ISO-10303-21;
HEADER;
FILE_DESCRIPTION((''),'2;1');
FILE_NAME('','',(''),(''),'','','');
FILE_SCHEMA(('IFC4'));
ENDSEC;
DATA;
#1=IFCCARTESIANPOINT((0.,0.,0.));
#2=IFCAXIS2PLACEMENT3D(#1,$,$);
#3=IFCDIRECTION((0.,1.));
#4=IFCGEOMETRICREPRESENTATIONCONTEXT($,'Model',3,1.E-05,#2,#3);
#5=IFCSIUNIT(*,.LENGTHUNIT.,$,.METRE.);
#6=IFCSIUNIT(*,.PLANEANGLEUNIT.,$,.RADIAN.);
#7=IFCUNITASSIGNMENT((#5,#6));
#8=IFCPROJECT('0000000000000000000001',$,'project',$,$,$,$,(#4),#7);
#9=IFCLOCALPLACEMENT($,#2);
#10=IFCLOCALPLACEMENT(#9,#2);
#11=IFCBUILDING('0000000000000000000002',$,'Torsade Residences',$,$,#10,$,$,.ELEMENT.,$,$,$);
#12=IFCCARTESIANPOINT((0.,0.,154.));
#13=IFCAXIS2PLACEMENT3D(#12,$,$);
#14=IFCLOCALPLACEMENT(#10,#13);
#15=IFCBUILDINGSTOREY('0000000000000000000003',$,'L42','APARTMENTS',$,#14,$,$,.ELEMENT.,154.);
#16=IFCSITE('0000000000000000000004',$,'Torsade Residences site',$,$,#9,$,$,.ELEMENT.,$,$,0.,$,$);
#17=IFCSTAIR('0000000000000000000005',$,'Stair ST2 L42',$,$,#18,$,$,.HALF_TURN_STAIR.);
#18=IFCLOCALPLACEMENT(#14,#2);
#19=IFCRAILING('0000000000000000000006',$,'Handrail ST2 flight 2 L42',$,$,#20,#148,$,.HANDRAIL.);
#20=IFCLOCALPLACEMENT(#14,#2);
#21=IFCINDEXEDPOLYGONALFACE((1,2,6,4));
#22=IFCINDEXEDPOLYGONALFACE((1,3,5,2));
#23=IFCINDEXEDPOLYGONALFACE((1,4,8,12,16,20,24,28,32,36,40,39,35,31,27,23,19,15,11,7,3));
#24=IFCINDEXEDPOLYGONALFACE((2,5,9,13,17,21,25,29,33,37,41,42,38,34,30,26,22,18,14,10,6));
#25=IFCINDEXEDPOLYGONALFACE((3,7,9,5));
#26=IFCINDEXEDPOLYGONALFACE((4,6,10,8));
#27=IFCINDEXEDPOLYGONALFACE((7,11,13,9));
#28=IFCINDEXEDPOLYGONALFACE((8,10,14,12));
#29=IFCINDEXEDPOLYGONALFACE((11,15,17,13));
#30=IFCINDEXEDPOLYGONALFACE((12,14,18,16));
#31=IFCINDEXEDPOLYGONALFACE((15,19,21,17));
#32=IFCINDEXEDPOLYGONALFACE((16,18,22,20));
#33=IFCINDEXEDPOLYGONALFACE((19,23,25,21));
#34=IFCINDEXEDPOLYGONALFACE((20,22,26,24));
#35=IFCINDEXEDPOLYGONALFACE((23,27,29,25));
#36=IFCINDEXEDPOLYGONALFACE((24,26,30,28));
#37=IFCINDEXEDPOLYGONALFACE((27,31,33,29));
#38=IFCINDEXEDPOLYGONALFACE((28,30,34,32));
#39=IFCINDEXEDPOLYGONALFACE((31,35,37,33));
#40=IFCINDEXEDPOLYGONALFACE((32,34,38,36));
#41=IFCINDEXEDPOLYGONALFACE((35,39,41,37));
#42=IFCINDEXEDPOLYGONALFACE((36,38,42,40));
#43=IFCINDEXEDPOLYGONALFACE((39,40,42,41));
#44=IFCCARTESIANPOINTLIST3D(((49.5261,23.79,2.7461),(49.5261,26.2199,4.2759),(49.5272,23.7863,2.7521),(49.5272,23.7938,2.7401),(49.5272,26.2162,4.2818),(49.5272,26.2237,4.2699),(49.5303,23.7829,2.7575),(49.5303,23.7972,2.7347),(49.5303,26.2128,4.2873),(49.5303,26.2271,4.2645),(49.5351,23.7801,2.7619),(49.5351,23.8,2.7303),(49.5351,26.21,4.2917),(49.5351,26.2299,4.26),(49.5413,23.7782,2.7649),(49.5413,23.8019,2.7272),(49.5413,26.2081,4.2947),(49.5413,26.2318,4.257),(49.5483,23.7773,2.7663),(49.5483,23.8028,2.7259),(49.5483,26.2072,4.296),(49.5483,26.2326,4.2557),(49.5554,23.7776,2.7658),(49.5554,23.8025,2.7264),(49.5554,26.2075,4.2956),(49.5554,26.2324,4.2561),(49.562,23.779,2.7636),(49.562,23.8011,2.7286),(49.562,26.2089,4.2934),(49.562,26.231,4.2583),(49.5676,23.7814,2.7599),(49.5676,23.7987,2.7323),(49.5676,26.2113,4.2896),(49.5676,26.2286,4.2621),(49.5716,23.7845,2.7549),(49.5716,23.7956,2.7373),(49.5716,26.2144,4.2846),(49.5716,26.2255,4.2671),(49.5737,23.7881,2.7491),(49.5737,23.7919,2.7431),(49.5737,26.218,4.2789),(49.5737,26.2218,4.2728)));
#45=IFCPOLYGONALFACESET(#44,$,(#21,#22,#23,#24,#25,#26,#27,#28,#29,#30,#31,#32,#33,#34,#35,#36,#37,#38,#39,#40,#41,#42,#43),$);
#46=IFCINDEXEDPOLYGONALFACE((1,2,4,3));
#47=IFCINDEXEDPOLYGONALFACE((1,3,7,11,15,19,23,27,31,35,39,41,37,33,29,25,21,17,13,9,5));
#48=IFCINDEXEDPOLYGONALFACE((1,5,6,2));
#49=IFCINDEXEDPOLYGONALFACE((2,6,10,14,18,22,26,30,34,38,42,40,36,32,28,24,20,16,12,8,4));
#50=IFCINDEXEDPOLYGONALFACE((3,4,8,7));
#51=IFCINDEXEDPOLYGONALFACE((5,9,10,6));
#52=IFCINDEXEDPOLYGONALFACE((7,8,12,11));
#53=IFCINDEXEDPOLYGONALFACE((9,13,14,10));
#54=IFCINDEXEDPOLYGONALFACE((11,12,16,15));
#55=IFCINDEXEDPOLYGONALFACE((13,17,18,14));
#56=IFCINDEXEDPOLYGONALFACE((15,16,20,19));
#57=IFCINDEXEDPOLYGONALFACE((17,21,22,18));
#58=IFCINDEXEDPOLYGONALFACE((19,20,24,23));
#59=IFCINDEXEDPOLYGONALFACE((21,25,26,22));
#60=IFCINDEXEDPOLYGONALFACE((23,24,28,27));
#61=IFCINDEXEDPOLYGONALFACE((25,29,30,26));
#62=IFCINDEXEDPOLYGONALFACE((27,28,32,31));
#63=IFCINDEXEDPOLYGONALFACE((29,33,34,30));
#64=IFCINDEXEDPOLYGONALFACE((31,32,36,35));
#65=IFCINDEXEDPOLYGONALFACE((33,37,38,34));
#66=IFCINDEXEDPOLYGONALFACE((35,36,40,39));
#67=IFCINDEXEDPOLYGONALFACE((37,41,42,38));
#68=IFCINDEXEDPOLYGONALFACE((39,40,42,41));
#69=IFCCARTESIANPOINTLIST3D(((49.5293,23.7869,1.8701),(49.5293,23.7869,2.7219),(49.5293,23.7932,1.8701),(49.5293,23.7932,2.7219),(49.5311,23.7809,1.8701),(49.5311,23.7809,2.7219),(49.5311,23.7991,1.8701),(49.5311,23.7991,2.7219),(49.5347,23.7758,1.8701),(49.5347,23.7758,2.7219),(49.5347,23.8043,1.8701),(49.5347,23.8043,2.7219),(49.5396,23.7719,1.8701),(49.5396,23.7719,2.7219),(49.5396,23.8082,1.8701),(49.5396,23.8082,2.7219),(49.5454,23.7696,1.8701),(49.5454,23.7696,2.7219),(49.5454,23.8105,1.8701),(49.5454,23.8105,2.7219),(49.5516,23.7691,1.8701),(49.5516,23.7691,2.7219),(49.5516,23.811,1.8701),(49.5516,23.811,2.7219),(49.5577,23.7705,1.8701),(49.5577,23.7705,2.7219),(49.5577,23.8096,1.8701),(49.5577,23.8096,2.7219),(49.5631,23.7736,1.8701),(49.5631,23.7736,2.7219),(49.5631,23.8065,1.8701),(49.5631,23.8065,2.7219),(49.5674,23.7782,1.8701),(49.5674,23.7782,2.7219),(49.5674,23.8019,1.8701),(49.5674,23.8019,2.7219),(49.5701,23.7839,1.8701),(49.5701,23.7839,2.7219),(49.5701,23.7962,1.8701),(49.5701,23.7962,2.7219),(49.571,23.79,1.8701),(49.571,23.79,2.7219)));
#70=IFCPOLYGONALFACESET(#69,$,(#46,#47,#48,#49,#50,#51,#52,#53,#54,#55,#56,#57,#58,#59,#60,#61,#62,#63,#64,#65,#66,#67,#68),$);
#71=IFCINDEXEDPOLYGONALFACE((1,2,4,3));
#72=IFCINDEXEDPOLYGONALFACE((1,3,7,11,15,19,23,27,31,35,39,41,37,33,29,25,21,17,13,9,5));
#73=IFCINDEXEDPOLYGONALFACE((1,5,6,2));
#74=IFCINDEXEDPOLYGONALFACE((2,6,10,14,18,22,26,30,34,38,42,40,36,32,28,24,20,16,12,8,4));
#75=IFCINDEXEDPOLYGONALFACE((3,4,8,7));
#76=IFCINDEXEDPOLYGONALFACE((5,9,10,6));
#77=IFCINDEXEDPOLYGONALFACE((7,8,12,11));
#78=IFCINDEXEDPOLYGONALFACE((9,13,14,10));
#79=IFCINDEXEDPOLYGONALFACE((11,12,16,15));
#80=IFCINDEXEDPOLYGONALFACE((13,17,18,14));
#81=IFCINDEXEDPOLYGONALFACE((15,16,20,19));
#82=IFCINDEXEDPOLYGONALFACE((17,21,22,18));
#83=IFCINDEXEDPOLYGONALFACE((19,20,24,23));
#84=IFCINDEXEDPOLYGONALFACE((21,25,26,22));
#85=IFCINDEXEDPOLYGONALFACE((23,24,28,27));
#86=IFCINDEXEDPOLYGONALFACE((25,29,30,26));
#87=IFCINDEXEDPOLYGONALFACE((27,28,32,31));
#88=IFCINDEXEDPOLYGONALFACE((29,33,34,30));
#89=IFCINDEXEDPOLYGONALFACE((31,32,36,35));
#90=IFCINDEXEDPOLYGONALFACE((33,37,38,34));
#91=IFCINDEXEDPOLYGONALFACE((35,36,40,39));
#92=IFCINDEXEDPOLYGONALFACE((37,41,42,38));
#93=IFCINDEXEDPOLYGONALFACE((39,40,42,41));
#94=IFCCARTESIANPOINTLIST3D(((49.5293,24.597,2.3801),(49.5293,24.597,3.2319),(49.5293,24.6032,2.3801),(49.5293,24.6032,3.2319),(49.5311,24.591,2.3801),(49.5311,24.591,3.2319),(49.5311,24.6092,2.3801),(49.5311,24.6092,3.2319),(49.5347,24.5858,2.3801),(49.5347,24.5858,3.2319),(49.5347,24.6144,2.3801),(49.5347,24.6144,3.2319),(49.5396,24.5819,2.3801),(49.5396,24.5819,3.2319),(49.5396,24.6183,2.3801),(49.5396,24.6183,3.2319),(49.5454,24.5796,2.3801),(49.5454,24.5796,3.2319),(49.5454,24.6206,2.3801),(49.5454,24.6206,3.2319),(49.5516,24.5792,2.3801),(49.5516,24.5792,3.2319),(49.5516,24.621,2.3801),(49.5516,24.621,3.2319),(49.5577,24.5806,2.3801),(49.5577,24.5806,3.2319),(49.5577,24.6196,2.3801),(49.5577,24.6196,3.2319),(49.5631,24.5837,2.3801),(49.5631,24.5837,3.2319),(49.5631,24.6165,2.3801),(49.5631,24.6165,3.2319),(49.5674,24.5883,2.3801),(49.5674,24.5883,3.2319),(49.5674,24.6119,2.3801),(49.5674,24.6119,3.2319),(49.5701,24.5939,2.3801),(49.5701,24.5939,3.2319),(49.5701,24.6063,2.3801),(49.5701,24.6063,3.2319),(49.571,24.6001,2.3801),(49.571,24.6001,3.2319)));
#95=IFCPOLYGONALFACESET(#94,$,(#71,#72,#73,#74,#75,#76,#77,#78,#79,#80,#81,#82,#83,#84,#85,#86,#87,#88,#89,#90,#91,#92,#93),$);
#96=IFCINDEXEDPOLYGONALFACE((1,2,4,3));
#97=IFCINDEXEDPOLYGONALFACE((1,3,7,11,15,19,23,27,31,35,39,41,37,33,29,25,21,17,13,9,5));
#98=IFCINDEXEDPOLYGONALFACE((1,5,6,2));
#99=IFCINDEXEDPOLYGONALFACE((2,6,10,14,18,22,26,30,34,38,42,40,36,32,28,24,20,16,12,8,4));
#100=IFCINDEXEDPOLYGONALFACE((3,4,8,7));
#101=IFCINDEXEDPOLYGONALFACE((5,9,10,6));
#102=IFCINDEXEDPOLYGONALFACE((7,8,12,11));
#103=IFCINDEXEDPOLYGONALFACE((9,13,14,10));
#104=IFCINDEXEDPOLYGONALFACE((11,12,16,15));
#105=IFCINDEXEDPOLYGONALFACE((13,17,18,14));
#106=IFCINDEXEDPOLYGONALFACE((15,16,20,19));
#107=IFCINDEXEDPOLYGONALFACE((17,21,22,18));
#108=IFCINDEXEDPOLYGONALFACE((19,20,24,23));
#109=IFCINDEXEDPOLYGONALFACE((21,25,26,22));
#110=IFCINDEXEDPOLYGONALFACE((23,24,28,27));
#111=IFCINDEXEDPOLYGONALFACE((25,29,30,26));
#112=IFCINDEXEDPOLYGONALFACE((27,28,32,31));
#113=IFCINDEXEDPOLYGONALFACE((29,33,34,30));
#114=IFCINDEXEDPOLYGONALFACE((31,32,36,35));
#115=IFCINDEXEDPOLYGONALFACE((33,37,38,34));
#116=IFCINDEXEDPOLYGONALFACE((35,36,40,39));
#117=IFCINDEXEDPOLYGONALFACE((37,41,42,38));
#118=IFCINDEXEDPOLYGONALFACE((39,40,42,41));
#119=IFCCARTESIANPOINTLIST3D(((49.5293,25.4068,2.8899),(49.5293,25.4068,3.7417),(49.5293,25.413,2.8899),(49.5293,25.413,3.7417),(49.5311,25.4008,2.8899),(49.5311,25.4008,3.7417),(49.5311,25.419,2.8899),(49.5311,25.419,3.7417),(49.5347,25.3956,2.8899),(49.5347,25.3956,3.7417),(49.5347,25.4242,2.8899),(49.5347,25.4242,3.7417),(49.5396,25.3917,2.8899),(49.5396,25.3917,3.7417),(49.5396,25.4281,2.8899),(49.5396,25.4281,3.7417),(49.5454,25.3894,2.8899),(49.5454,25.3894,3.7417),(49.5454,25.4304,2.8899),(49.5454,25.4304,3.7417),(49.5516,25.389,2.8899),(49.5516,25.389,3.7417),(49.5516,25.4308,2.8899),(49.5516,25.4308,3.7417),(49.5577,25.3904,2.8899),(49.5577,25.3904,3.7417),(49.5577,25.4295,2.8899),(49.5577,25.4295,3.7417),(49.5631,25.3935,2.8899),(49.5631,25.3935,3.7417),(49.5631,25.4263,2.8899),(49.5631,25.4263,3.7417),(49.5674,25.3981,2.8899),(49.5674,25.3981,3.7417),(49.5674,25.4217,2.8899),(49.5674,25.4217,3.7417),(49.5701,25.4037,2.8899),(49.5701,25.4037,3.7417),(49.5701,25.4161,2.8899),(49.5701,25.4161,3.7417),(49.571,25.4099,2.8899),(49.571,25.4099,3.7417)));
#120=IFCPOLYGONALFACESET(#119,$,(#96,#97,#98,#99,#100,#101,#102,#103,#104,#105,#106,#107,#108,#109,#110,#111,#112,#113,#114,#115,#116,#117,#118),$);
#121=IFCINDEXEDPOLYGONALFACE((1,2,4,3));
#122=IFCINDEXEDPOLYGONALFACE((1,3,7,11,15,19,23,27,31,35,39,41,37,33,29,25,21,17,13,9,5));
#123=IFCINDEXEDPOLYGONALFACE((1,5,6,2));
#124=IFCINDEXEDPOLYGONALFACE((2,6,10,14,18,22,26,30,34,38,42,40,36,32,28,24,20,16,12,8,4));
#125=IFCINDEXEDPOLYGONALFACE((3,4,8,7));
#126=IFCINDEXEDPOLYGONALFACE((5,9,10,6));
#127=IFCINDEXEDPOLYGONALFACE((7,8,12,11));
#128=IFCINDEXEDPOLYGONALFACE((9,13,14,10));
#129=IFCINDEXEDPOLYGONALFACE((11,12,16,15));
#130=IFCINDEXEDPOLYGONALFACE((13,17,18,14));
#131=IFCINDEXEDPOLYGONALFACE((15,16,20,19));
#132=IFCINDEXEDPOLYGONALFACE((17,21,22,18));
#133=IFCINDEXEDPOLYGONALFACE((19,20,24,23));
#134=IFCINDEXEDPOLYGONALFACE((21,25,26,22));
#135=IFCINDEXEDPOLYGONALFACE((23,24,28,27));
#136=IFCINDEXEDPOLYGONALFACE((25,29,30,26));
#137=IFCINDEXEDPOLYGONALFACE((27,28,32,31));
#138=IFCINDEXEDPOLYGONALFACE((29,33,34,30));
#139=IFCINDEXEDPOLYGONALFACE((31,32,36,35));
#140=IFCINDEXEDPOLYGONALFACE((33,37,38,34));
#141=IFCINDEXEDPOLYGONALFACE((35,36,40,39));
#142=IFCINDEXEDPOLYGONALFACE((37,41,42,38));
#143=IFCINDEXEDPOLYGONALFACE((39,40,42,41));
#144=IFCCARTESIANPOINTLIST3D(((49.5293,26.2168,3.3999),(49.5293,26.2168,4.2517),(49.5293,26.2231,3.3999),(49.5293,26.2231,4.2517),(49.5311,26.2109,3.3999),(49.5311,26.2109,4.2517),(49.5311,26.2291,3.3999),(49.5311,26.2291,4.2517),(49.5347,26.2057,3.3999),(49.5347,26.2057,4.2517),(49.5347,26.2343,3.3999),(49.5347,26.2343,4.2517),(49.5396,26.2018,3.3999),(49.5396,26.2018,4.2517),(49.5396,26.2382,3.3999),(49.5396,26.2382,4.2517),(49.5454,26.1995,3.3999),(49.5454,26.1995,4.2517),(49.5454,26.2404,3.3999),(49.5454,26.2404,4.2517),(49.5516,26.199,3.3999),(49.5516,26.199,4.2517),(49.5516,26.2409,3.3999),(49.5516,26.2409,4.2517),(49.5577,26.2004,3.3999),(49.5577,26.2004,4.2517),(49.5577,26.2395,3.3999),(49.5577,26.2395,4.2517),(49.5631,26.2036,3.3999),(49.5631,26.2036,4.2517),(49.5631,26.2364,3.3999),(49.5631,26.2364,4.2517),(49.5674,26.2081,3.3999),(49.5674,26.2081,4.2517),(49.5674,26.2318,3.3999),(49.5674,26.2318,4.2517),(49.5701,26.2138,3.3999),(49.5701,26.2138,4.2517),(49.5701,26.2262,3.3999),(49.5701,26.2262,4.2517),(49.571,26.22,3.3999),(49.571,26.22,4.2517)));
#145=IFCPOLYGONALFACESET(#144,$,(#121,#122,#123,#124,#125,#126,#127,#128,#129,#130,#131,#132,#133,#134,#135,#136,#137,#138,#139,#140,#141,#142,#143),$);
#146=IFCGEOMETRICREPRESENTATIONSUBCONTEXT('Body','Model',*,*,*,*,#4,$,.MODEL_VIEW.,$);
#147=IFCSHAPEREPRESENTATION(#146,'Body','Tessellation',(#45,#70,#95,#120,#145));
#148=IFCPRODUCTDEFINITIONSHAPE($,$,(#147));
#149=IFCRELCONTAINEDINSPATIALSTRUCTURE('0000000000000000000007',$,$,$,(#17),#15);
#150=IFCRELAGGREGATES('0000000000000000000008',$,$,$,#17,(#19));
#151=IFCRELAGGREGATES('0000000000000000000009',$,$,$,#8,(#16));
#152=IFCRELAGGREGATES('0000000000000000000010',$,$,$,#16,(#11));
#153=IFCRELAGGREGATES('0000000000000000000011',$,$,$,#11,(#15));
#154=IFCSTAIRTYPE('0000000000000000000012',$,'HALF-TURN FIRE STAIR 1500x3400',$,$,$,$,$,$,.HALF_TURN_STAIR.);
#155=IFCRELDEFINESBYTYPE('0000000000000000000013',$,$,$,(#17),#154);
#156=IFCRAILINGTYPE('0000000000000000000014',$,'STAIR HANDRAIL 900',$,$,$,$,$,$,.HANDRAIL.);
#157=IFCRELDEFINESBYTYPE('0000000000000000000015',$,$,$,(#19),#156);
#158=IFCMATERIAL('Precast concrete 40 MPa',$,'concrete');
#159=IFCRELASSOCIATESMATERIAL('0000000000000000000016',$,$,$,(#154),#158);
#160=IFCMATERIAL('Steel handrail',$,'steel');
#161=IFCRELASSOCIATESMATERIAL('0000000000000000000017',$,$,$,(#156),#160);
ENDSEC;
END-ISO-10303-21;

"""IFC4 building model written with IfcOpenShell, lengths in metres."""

from ifc_helpers import new_model, si_unit, direction, frame, origin, origin_2d, place, context, subcontext, project, spatial, circle, extrude, material, type_object, element, aggregate, save


model = new_model("IFC4")

# Units and contexts
model_context = context("Model", 3, precision=1e-05, world=origin(), true_north=direction((0.0, 1.0)))
body_context = subcontext(model_context, "Body", "Model", "MODEL_VIEW")
ifc_project = project(units=[si_unit("LENGTHUNIT", "METRE"), si_unit("PLANEANGLEUNIT", "RADIAN")], contexts=[model_context])

# Site, building, storey
site_placement = place(None, origin())
site = spatial("IfcSite", under=ifc_project, at=site_placement, Name="Torsade Residences site", CompositionType="ELEMENT", RefElevation=0.0)
building_placement = place(site_placement, origin())
building = spatial("IfcBuilding", under=site, at=building_placement, Name="Torsade Residences", CompositionType="ELEMENT")
storey_placement = place(building_placement, frame((0.0, 0.0, 154.0)))
storey = spatial("IfcBuildingStorey", under=building, at=storey_placement, Name="L42", Description="APARTMENTS", CompositionType="ELEMENT", Elevation=154.0)

# Stair, railing
ifc_material_1 = material(Name="Precast concrete 40 MPa", Category="concrete")
stair_type = type_object("IfcStairType", Name="HALF-TURN FIRE STAIR 1500x3400", PredefinedType="HALF_TURN_STAIR", material=ifc_material_1)
stair_placement = place(storey_placement, origin())
stair = element("IfcStair", 1, at=stair_placement, inside=storey, type_object=stair_type, Name="Stair ST2 L42", PredefinedType="HALF_TURN_STAIR")
ifc_material_2 = material(Name="Steel handrail", Category="steel")
railing_type = type_object("IfcRailingType", Name="STAIR HANDRAIL 900", PredefinedType="HANDRAIL", material=ifc_material_2)
railing_1_placement = place(storey_placement, frame((49.55, 23.79, 1.8701)))
railing_1 = element("IfcRailing", 2, at=railing_1_placement, type_object=railing_type, Name="Handrail ST2 flight 2 L42", PredefinedType="HANDRAIL", context=body_context, shape_type="SweptSolid", body=[
    extrude(circle(Radius=0.0239, at=origin_2d()), frame((0.0, 0.0, 0.876), z_axis=(0.0, 0.84626, 0.53277), x_axis=(-1.0, 0.0, 0.0)), (0.0, 0.0, 1.0), 2.8713),
    extrude(circle(Radius=0.021, at=origin_2d()), origin(), (0.0, 0.0, 1.0), 0.8518),
    extrude(circle(Radius=0.021, at=origin_2d()), frame((0.0, 0.8101, 0.51)), (0.0, 0.0, 1.0), 0.8518),
    extrude(circle(Radius=0.021, at=origin_2d()), frame((0.0, 1.6199, 1.0198)), (0.0, 0.0, 1.0), 0.8518),
    extrude(circle(Radius=0.021, at=origin_2d()), frame((0.0, 2.4299, 1.5298)), (0.0, 0.0, 1.0), 0.8518),
])
aggregate(stair, [railing_1])

save(model, "model.ifc")
